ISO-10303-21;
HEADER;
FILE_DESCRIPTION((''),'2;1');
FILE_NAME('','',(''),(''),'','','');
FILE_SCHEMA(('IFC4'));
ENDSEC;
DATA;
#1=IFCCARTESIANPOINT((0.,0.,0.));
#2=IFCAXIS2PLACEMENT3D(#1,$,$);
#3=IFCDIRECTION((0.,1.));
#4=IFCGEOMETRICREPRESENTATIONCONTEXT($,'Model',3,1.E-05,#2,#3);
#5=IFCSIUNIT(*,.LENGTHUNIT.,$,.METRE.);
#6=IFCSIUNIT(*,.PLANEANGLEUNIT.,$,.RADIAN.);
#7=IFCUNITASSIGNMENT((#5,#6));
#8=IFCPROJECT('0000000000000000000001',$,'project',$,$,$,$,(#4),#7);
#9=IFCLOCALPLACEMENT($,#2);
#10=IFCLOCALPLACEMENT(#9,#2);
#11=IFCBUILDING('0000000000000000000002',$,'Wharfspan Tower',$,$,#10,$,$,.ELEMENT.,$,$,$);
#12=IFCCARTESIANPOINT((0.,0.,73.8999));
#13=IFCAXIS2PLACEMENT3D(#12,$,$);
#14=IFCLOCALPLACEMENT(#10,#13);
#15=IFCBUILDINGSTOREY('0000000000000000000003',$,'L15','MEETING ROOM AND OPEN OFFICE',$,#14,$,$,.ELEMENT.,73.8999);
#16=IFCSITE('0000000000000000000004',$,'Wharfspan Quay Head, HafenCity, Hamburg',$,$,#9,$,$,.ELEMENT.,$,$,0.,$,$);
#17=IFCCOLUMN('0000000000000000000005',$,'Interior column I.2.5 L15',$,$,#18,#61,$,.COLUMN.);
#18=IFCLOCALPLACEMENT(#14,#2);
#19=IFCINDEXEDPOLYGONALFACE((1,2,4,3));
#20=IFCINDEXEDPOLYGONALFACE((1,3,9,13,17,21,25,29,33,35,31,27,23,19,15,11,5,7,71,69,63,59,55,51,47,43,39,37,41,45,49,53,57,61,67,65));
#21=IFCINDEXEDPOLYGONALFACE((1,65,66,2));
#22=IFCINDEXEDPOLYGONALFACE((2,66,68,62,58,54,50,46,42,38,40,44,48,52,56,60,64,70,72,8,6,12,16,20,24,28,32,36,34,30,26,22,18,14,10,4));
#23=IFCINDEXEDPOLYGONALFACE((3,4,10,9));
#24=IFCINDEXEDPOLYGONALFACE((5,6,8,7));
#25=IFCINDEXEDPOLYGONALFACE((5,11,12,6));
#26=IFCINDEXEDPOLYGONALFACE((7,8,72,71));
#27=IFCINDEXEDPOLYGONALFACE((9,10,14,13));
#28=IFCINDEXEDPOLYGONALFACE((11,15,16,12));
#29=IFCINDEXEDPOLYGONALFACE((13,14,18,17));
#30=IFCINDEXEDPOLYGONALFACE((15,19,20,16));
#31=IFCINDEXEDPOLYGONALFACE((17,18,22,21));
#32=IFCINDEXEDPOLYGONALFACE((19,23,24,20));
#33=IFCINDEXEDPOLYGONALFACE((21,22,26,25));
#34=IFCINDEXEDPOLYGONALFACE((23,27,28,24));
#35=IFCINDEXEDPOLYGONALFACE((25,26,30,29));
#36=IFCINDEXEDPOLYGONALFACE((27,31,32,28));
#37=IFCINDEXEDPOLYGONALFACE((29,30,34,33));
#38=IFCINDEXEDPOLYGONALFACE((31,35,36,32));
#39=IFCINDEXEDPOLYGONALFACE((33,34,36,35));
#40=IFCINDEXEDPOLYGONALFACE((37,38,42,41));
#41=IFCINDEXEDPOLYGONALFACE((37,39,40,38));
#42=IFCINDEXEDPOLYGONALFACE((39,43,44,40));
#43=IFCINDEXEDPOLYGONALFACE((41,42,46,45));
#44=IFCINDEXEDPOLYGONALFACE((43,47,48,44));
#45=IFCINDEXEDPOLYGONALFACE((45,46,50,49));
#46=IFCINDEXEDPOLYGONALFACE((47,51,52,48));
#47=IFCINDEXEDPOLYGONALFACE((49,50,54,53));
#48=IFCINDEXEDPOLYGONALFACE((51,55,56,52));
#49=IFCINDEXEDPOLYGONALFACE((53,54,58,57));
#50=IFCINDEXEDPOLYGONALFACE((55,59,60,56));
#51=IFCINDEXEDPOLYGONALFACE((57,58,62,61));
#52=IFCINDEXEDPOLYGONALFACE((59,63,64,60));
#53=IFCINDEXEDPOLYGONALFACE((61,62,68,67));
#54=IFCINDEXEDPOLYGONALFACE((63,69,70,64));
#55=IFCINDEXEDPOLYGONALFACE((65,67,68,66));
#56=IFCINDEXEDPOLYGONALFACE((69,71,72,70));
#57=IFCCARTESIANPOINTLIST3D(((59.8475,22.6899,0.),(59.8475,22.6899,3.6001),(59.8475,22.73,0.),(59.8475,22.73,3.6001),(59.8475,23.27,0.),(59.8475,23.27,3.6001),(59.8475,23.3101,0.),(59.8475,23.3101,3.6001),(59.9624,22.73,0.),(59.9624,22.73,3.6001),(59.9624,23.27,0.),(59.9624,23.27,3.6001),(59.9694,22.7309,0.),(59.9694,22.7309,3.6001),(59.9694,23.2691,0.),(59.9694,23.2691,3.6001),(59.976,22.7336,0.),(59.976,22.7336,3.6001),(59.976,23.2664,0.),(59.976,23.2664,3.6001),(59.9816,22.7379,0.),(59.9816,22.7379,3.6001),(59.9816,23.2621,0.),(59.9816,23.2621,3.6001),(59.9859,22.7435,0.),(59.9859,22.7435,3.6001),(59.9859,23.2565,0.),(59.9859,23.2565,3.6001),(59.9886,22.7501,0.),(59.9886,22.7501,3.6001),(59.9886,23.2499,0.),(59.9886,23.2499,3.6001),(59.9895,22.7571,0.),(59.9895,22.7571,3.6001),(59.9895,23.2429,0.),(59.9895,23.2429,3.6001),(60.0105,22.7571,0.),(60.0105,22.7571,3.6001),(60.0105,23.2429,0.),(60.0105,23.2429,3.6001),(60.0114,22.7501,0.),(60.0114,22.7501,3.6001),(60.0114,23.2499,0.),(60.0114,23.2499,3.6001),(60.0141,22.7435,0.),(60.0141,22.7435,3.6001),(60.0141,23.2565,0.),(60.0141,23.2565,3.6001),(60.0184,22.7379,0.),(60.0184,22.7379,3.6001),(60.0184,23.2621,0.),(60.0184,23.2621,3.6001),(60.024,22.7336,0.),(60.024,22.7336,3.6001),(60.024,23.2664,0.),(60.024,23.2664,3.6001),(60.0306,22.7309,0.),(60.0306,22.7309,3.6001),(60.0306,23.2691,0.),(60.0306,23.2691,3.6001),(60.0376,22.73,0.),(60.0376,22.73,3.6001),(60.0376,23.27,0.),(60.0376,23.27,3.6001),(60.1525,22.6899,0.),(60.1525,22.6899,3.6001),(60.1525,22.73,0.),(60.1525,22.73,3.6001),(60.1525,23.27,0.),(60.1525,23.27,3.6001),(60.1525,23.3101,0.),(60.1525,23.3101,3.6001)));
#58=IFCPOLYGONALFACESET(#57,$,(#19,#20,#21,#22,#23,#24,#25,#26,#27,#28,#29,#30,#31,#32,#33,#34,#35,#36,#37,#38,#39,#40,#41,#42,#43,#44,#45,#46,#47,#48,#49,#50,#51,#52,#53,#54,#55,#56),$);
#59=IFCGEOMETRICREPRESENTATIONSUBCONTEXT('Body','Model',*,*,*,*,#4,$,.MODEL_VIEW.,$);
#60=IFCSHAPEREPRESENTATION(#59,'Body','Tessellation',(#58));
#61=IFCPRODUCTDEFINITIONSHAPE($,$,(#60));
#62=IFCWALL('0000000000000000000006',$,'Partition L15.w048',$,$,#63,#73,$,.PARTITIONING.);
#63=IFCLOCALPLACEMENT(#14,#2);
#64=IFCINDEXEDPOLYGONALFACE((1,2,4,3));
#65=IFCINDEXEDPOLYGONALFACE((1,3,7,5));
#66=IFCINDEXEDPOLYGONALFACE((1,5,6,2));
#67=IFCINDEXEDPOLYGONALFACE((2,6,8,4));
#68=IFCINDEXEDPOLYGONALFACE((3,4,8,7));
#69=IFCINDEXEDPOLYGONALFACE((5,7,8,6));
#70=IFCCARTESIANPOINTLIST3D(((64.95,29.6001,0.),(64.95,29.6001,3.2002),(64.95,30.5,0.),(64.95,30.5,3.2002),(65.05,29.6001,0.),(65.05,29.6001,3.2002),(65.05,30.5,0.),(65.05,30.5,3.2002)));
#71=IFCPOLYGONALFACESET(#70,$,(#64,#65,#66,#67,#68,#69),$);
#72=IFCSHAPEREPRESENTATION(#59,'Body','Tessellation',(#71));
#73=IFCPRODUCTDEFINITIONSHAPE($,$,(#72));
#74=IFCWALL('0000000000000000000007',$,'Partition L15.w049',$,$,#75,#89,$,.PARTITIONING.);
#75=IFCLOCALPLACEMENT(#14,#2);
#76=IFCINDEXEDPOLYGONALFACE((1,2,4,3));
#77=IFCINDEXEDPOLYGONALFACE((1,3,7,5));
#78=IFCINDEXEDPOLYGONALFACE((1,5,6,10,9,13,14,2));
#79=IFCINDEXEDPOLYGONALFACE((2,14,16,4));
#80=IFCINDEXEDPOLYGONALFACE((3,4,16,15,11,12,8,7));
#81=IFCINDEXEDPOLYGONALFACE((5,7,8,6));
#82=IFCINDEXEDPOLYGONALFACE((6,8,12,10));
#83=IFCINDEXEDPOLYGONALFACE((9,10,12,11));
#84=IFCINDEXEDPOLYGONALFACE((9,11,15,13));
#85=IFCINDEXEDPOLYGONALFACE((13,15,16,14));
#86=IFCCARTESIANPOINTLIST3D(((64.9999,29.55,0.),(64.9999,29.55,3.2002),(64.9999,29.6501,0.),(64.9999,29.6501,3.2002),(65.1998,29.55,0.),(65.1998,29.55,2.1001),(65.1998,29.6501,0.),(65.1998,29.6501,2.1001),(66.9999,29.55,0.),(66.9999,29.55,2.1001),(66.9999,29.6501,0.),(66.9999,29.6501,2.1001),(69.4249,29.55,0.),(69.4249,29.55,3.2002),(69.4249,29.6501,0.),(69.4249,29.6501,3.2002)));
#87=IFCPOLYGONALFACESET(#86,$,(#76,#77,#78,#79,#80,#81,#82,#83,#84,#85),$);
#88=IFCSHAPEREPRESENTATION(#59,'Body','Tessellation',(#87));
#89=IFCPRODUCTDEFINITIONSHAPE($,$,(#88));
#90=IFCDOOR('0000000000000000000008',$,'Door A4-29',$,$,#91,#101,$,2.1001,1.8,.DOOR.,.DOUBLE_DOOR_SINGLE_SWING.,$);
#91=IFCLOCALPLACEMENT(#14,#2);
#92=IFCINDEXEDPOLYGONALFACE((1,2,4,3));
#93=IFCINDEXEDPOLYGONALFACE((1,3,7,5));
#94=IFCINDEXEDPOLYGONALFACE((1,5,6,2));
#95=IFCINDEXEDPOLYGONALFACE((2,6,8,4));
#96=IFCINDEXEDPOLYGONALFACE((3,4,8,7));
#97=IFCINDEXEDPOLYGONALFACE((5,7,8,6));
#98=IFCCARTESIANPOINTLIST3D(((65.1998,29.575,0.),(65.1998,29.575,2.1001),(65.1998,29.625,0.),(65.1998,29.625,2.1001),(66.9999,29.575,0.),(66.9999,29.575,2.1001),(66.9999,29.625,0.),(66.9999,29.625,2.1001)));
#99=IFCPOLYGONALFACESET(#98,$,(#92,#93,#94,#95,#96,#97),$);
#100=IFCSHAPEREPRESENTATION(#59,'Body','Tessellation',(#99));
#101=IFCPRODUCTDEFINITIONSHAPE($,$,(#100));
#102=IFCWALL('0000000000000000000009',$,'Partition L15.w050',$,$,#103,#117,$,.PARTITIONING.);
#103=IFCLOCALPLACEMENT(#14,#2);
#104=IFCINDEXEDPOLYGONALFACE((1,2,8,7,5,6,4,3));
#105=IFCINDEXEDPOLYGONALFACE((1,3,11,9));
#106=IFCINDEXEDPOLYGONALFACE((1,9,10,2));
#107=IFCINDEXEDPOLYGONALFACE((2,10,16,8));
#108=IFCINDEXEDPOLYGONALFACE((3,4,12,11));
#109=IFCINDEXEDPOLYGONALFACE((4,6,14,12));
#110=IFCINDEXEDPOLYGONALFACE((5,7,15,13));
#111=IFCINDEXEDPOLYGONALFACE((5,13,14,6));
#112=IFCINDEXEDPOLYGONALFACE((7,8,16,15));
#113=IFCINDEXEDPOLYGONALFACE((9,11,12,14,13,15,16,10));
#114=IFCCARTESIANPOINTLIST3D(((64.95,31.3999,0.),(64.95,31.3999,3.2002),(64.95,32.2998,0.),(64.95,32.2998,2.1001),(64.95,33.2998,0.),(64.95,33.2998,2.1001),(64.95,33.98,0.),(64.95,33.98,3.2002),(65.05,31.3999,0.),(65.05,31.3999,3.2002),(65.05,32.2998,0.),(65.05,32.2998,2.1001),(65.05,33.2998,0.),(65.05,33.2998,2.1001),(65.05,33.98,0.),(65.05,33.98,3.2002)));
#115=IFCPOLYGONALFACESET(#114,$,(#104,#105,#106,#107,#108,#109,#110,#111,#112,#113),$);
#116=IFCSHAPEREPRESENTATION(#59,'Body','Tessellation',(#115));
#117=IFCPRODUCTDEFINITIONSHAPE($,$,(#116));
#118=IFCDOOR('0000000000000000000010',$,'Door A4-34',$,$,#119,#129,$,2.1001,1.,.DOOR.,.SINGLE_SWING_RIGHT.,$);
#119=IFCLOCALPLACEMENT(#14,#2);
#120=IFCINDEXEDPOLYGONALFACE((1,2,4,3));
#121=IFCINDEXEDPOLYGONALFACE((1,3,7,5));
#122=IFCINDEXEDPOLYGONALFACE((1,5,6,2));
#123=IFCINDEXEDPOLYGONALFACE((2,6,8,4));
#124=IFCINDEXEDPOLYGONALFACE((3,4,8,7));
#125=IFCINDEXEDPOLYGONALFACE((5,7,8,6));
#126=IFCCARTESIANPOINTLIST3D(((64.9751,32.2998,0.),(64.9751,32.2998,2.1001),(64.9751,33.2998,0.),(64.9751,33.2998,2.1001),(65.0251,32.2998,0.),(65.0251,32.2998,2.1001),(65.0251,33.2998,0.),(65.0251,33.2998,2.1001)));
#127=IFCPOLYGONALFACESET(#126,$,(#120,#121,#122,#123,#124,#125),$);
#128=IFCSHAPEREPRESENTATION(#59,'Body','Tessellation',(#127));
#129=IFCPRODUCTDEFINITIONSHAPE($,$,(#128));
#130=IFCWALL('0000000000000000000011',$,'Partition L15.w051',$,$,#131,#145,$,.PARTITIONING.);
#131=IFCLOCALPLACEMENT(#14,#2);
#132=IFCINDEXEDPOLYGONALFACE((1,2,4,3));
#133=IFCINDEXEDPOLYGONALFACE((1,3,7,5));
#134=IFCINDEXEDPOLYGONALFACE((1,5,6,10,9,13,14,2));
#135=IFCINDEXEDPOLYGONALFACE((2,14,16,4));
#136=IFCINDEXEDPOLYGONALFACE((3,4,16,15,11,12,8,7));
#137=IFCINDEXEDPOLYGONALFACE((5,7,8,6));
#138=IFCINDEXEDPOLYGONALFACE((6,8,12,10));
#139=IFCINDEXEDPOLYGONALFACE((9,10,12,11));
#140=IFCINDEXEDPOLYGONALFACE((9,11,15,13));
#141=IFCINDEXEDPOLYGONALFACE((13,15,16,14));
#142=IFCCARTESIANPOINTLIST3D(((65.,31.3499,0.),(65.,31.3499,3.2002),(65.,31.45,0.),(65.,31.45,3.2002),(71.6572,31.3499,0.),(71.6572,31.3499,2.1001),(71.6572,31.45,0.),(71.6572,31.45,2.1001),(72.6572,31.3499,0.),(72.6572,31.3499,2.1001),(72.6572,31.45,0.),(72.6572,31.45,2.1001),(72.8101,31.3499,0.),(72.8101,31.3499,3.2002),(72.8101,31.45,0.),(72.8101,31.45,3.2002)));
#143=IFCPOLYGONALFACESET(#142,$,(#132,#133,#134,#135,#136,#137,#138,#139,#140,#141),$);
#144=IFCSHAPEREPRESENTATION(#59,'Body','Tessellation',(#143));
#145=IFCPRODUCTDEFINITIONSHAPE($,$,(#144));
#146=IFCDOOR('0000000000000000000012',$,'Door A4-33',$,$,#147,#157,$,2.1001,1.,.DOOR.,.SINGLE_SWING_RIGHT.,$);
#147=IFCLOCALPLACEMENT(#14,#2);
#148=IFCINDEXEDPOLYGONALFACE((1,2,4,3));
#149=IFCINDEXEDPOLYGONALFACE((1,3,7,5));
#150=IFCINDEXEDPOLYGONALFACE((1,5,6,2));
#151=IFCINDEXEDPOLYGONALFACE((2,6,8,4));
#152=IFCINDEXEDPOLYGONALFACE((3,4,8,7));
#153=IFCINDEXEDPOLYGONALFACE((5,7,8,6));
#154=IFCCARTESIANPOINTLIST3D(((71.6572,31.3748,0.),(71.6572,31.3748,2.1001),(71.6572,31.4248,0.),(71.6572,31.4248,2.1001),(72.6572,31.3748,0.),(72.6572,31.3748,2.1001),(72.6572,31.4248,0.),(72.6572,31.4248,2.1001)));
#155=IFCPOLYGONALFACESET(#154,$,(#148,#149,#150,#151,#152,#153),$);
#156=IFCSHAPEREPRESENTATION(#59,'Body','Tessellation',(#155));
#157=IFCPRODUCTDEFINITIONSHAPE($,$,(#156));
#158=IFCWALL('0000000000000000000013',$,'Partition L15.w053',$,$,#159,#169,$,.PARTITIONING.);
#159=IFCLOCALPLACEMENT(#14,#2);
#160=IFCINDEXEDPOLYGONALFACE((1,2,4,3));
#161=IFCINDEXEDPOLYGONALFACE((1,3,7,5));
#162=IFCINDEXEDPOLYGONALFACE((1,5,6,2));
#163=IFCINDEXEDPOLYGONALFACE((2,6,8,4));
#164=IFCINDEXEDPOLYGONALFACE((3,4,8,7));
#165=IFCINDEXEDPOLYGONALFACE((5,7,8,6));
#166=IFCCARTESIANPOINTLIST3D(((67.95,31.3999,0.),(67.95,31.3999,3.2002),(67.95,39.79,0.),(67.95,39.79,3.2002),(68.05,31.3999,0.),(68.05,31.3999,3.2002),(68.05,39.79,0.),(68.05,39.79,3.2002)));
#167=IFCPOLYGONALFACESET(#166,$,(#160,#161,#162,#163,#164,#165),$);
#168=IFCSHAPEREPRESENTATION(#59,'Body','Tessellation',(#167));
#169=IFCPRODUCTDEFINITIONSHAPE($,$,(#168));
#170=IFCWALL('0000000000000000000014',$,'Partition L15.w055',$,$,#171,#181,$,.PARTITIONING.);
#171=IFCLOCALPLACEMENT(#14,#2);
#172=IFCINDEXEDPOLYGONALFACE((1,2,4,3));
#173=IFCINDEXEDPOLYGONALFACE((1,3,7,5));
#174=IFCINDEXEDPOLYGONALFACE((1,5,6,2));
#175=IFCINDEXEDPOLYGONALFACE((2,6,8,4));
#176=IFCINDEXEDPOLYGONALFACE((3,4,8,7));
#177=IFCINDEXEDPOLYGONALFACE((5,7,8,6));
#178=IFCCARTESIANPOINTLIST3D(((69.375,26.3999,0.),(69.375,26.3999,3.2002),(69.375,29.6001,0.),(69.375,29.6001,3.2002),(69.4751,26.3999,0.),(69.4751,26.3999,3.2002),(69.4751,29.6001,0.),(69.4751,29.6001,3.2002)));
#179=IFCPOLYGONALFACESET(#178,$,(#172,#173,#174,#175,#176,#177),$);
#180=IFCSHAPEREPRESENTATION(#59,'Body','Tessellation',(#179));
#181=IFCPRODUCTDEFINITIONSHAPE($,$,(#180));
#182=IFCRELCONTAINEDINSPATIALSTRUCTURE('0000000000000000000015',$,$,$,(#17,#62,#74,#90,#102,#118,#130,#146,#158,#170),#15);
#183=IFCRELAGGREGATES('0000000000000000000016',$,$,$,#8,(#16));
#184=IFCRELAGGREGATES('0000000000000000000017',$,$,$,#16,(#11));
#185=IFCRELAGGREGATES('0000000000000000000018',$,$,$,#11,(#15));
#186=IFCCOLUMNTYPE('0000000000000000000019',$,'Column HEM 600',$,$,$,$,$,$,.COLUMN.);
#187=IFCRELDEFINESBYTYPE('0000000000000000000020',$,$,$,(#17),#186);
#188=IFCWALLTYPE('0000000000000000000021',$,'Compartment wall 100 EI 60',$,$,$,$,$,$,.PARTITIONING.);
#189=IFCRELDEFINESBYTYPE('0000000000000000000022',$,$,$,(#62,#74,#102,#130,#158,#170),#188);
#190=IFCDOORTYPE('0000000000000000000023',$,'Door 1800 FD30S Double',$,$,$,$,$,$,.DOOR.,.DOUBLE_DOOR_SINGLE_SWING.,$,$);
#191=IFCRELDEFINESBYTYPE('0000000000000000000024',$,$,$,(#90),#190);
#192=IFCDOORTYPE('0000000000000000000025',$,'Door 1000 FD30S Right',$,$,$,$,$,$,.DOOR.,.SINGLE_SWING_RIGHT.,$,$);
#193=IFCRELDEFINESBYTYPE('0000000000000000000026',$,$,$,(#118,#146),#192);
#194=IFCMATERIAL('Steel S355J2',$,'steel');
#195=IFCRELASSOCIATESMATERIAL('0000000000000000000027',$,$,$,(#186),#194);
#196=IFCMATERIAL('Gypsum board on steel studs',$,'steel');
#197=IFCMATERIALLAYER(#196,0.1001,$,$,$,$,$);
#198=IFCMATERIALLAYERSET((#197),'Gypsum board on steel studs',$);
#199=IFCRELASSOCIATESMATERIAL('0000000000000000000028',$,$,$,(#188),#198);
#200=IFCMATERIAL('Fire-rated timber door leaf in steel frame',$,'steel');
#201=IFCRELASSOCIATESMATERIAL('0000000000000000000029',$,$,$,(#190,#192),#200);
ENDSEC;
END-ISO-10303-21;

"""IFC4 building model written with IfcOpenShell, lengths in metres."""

from ifc_helpers import new_model, si_unit, direction, frame, frame_2d, origin, origin_2d, place, context, subcontext, project, spatial, rectangle, i_section, extrude, material, layer, layer_set, material_profile, profile_set, type_object, element, fill, save


model = new_model("IFC4")

# Units and contexts
model_context = context("Model", 3, precision=1e-05, world=origin(), true_north=direction((0.0, 1.0)))
body_context = subcontext(model_context, "Body", "Model", "MODEL_VIEW")
ifc_project = project(units=[si_unit("LENGTHUNIT", "METRE"), si_unit("PLANEANGLEUNIT", "RADIAN")], contexts=[model_context])

# Site, building, storey
site_placement = place(None, origin())
site = spatial("IfcSite", under=ifc_project, at=site_placement, Name="Wharfspan Quay Head, HafenCity, Hamburg", CompositionType="ELEMENT", RefElevation=0.0)
building_placement = place(site_placement, origin())
building = spatial("IfcBuilding", under=site, at=building_placement, Name="Wharfspan Tower", CompositionType="ELEMENT")
storey_placement = place(building_placement, frame((0.0, 0.0, 73.8999)))
storey = spatial("IfcBuildingStorey", under=building, at=storey_placement, Name="L15", Description="MEETING ROOM AND OPEN OFFICE", CompositionType="ELEMENT", Elevation=73.8999)

# Column
ifc_material_1 = material(Name="Steel S355J2", Category="steel")
ifc_material_profile = material_profile(ifc_material_1, i_section(OverallWidth=0.3049, OverallDepth=0.6201, WebThickness=0.021, FlangeThickness=0.04, FilletRadius=0.0271, at=origin_2d()))
ifc_profile_set = profile_set([ifc_material_profile], Name="Steel S355J2")
column_type = type_object("IfcColumnType", Name="Column HEM 600", PredefinedType="COLUMN", material=ifc_profile_set)
column_placement = place(storey_placement, frame((60.0, 23.0, 0.0), z_axis=(0.0, 0.0, 1.0), x_axis=(1.0, 0.0, 0.0)))
element("IfcColumn", 1, at=column_placement, inside=storey, type_object=column_type, Name="Interior column I.2.5 L15", PredefinedType="COLUMN", context=body_context, shape_type="SweptSolid", body=[
    extrude(i_section(OverallWidth=0.3049, OverallDepth=0.6201, WebThickness=0.021, FlangeThickness=0.04, FilletRadius=0.0271, at=origin_2d()), origin(), (0.0, 0.0, 1.0), 3.6001),
])

# Wall
ifc_material_2 = material(Name="Gypsum board on steel studs", Category="steel")
ifc_layer_1 = layer(ifc_material_2, 0.1001)
ifc_layer_set_1 = layer_set([ifc_layer_1], Name="Gypsum board on steel studs")
wall_type_1 = type_object("IfcWallType", Name="Compartment wall 100 EI 60", PredefinedType="PARTITIONING", material=ifc_layer_set_1)
wall_1_placement = place(storey_placement, frame((65.0, 29.6001, 0.0), z_axis=(0.0, 0.0, 1.0), x_axis=(0.0, 1.0, 0.0)))
element("IfcWall", 2, at=wall_1_placement, inside=storey, type_object=wall_type_1, Name="Partition L15.w048", PredefinedType="PARTITIONING", context=body_context, shape_type="SweptSolid", body=[
    extrude(rectangle(XDim=0.8999, YDim=0.1001, at=frame_2d((0.45, 0.0))), origin(), (0.0, 0.0, 1.0), 3.2002),
])

# Walls, openings, doors
wall_2_placement = place(storey_placement, frame((65.0, 29.6001, 0.0), z_axis=(0.0, 0.0, 1.0), x_axis=(1.0, 0.0, 0.0)))
wall_2 = element("IfcWall", 3, at=wall_2_placement, inside=storey, type_object=wall_type_1, Name="Partition L15.w049", PredefinedType="PARTITIONING", context=body_context, shape_type="SweptSolid", body=[
    extrude(rectangle(XDim=4.425, YDim=0.1001, at=frame_2d((2.2124, 0.0))), origin(), (0.0, 0.0, 1.0), 3.2002),
])
opening_1_placement = place(wall_2_placement, frame((0.2, 0.0, 0.0)))
opening_1 = element("IfcOpeningElement", 4, at=opening_1_placement, cuts=wall_2, PredefinedType="OPENING", context=body_context, shape_type="SweptSolid", body=[
    extrude(rectangle(XDim=1.8, YDim=2.1001, at=frame_2d((0.8999, 1.05))), frame((0.0, 0.0601, 0.0), z_axis=(0.0, -1.0, 0.0), x_axis=(1.0, 0.0, 0.0)), (0.0, 0.0, 1.0), 0.1201),
])
ifc_material_3 = material(Name="Fire-rated timber door leaf in steel frame", Category="steel")
door_type_1 = type_object("IfcDoorType", Name="Door 1800 FD30S Double", OperationType="DOUBLE_DOOR_SINGLE_SWING", PredefinedType="DOOR", material=ifc_material_3)
door_1_placement = place(opening_1_placement, origin())
door_1 = element("IfcDoor", 5, at=door_1_placement, inside=storey, type_object=door_type_1, Name="Door A4-29", OperationType="DOUBLE_DOOR_SINGLE_SWING", OverallHeight=2.1001, OverallWidth=1.8, PredefinedType="DOOR", context=body_context, shape_type="SweptSolid", body=[
    extrude(rectangle(XDim=1.8, YDim=2.1001, at=frame_2d((0.8999, 1.05))), frame((0.0, 0.0249, 0.0), z_axis=(0.0, -1.0, 0.0), x_axis=(1.0, 0.0, 0.0)), (0.0, 0.0, 1.0), 0.05),
])
fill(opening_1, door_1)
wall_3_placement = place(storey_placement, frame((65.0, 31.3999, 0.0), z_axis=(0.0, 0.0, 1.0), x_axis=(0.0, 1.0, 0.0)))
wall_3 = element("IfcWall", 6, at=wall_3_placement, inside=storey, type_object=wall_type_1, Name="Partition L15.w050", PredefinedType="PARTITIONING", context=body_context, shape_type="SweptSolid", body=[
    extrude(rectangle(XDim=2.5801, YDim=0.1001, at=frame_2d((1.29, 0.0))), origin(), (0.0, 0.0, 1.0), 3.2002),
])
opening_2_placement = place(wall_3_placement, frame((0.8999, 0.0, 0.0)))
opening_2 = element("IfcOpeningElement", 7, at=opening_2_placement, cuts=wall_3, PredefinedType="OPENING", context=body_context, shape_type="SweptSolid", body=[
    extrude(rectangle(XDim=1.0, YDim=2.1001, at=frame_2d((0.5, 1.05))), frame((0.0, 0.0601, 0.0), z_axis=(0.0, -1.0, 0.0), x_axis=(1.0, 0.0, 0.0)), (0.0, 0.0, 1.0), 0.1201),
])
door_type_2 = type_object("IfcDoorType", Name="Door 1000 FD30S Right", OperationType="SINGLE_SWING_RIGHT", PredefinedType="DOOR", material=ifc_material_3)
door_2_placement = place(opening_2_placement, origin())
door_2 = element("IfcDoor", 8, at=door_2_placement, inside=storey, type_object=door_type_2, Name="Door A4-34", OperationType="SINGLE_SWING_RIGHT", OverallHeight=2.1001, OverallWidth=1.0, PredefinedType="DOOR", context=body_context, shape_type="SweptSolid", body=[
    extrude(rectangle(XDim=1.0, YDim=2.1001, at=frame_2d((0.5, 1.05))), frame((0.0, 0.0249, 0.0), z_axis=(0.0, -1.0, 0.0), x_axis=(1.0, 0.0, 0.0)), (0.0, 0.0, 1.0), 0.05),
])
fill(opening_2, door_2)
wall_4_placement = place(storey_placement, frame((65.0, 31.3999, 0.0), z_axis=(0.0, 0.0, 1.0), x_axis=(1.0, 0.0, 0.0)))
wall_4 = element("IfcWall", 9, at=wall_4_placement, inside=storey, type_object=wall_type_1, Name="Partition L15.w051", PredefinedType="PARTITIONING", context=body_context, shape_type="SweptSolid", body=[
    extrude(rectangle(XDim=7.8101, YDim=0.1001, at=frame_2d((3.905, 0.0))), origin(), (0.0, 0.0, 1.0), 3.2002),
])
opening_3_placement = place(wall_4_placement, frame((6.6572, 0.0, 0.0)))
opening_3 = element("IfcOpeningElement", 10, at=opening_3_placement, cuts=wall_4, PredefinedType="OPENING", context=body_context, shape_type="SweptSolid", body=[
    extrude(rectangle(XDim=1.0, YDim=2.1001, at=frame_2d((0.5, 1.05))), frame((0.0, 0.0601, 0.0), z_axis=(0.0, -1.0, 0.0), x_axis=(1.0, 0.0, 0.0)), (0.0, 0.0, 1.0), 0.1201),
])
door_3_placement = place(opening_3_placement, origin())
door_3 = element("IfcDoor", 11, at=door_3_placement, inside=storey, type_object=door_type_2, Name="Door A4-33", OperationType="SINGLE_SWING_RIGHT", OverallHeight=2.1001, OverallWidth=1.0, PredefinedType="DOOR", context=body_context, shape_type="SweptSolid", body=[
    extrude(rectangle(XDim=1.0, YDim=2.1001, at=frame_2d((0.5, 1.05))), frame((0.0, 0.0249, 0.0), z_axis=(0.0, -1.0, 0.0), x_axis=(1.0, 0.0, 0.0)), (0.0, 0.0, 1.0), 0.05),
])
fill(opening_3, door_3)

# Walls
wall_5_placement = place(storey_placement, frame((68.0, 31.3999, 0.0), z_axis=(0.0, 0.0, 1.0), x_axis=(0.0, 1.0, 0.0)))
element("IfcWall", 12, at=wall_5_placement, inside=storey, type_object=wall_type_1, Name="Partition L15.w053", PredefinedType="PARTITIONING", context=body_context, shape_type="SweptSolid", body=[
    extrude(rectangle(XDim=8.3901, YDim=0.1001, at=frame_2d((4.1951, 0.0))), origin(), (0.0, 0.0, 1.0), 3.2002),
])
wall_6_placement = place(storey_placement, frame((69.425, 26.3999, 0.0), z_axis=(0.0, 0.0, 1.0), x_axis=(0.0, 1.0, 0.0)))
element("IfcWall", 13, at=wall_6_placement, inside=storey, type_object=wall_type_1, Name="Partition L15.w055", PredefinedType="PARTITIONING", context=body_context, shape_type="SweptSolid", body=[
    extrude(rectangle(XDim=3.2002, YDim=0.1001, at=frame_2d((1.6001, 0.0))), origin(), (0.0, 0.0, 1.0), 3.2002),
])

save(model, "model.ifc")
